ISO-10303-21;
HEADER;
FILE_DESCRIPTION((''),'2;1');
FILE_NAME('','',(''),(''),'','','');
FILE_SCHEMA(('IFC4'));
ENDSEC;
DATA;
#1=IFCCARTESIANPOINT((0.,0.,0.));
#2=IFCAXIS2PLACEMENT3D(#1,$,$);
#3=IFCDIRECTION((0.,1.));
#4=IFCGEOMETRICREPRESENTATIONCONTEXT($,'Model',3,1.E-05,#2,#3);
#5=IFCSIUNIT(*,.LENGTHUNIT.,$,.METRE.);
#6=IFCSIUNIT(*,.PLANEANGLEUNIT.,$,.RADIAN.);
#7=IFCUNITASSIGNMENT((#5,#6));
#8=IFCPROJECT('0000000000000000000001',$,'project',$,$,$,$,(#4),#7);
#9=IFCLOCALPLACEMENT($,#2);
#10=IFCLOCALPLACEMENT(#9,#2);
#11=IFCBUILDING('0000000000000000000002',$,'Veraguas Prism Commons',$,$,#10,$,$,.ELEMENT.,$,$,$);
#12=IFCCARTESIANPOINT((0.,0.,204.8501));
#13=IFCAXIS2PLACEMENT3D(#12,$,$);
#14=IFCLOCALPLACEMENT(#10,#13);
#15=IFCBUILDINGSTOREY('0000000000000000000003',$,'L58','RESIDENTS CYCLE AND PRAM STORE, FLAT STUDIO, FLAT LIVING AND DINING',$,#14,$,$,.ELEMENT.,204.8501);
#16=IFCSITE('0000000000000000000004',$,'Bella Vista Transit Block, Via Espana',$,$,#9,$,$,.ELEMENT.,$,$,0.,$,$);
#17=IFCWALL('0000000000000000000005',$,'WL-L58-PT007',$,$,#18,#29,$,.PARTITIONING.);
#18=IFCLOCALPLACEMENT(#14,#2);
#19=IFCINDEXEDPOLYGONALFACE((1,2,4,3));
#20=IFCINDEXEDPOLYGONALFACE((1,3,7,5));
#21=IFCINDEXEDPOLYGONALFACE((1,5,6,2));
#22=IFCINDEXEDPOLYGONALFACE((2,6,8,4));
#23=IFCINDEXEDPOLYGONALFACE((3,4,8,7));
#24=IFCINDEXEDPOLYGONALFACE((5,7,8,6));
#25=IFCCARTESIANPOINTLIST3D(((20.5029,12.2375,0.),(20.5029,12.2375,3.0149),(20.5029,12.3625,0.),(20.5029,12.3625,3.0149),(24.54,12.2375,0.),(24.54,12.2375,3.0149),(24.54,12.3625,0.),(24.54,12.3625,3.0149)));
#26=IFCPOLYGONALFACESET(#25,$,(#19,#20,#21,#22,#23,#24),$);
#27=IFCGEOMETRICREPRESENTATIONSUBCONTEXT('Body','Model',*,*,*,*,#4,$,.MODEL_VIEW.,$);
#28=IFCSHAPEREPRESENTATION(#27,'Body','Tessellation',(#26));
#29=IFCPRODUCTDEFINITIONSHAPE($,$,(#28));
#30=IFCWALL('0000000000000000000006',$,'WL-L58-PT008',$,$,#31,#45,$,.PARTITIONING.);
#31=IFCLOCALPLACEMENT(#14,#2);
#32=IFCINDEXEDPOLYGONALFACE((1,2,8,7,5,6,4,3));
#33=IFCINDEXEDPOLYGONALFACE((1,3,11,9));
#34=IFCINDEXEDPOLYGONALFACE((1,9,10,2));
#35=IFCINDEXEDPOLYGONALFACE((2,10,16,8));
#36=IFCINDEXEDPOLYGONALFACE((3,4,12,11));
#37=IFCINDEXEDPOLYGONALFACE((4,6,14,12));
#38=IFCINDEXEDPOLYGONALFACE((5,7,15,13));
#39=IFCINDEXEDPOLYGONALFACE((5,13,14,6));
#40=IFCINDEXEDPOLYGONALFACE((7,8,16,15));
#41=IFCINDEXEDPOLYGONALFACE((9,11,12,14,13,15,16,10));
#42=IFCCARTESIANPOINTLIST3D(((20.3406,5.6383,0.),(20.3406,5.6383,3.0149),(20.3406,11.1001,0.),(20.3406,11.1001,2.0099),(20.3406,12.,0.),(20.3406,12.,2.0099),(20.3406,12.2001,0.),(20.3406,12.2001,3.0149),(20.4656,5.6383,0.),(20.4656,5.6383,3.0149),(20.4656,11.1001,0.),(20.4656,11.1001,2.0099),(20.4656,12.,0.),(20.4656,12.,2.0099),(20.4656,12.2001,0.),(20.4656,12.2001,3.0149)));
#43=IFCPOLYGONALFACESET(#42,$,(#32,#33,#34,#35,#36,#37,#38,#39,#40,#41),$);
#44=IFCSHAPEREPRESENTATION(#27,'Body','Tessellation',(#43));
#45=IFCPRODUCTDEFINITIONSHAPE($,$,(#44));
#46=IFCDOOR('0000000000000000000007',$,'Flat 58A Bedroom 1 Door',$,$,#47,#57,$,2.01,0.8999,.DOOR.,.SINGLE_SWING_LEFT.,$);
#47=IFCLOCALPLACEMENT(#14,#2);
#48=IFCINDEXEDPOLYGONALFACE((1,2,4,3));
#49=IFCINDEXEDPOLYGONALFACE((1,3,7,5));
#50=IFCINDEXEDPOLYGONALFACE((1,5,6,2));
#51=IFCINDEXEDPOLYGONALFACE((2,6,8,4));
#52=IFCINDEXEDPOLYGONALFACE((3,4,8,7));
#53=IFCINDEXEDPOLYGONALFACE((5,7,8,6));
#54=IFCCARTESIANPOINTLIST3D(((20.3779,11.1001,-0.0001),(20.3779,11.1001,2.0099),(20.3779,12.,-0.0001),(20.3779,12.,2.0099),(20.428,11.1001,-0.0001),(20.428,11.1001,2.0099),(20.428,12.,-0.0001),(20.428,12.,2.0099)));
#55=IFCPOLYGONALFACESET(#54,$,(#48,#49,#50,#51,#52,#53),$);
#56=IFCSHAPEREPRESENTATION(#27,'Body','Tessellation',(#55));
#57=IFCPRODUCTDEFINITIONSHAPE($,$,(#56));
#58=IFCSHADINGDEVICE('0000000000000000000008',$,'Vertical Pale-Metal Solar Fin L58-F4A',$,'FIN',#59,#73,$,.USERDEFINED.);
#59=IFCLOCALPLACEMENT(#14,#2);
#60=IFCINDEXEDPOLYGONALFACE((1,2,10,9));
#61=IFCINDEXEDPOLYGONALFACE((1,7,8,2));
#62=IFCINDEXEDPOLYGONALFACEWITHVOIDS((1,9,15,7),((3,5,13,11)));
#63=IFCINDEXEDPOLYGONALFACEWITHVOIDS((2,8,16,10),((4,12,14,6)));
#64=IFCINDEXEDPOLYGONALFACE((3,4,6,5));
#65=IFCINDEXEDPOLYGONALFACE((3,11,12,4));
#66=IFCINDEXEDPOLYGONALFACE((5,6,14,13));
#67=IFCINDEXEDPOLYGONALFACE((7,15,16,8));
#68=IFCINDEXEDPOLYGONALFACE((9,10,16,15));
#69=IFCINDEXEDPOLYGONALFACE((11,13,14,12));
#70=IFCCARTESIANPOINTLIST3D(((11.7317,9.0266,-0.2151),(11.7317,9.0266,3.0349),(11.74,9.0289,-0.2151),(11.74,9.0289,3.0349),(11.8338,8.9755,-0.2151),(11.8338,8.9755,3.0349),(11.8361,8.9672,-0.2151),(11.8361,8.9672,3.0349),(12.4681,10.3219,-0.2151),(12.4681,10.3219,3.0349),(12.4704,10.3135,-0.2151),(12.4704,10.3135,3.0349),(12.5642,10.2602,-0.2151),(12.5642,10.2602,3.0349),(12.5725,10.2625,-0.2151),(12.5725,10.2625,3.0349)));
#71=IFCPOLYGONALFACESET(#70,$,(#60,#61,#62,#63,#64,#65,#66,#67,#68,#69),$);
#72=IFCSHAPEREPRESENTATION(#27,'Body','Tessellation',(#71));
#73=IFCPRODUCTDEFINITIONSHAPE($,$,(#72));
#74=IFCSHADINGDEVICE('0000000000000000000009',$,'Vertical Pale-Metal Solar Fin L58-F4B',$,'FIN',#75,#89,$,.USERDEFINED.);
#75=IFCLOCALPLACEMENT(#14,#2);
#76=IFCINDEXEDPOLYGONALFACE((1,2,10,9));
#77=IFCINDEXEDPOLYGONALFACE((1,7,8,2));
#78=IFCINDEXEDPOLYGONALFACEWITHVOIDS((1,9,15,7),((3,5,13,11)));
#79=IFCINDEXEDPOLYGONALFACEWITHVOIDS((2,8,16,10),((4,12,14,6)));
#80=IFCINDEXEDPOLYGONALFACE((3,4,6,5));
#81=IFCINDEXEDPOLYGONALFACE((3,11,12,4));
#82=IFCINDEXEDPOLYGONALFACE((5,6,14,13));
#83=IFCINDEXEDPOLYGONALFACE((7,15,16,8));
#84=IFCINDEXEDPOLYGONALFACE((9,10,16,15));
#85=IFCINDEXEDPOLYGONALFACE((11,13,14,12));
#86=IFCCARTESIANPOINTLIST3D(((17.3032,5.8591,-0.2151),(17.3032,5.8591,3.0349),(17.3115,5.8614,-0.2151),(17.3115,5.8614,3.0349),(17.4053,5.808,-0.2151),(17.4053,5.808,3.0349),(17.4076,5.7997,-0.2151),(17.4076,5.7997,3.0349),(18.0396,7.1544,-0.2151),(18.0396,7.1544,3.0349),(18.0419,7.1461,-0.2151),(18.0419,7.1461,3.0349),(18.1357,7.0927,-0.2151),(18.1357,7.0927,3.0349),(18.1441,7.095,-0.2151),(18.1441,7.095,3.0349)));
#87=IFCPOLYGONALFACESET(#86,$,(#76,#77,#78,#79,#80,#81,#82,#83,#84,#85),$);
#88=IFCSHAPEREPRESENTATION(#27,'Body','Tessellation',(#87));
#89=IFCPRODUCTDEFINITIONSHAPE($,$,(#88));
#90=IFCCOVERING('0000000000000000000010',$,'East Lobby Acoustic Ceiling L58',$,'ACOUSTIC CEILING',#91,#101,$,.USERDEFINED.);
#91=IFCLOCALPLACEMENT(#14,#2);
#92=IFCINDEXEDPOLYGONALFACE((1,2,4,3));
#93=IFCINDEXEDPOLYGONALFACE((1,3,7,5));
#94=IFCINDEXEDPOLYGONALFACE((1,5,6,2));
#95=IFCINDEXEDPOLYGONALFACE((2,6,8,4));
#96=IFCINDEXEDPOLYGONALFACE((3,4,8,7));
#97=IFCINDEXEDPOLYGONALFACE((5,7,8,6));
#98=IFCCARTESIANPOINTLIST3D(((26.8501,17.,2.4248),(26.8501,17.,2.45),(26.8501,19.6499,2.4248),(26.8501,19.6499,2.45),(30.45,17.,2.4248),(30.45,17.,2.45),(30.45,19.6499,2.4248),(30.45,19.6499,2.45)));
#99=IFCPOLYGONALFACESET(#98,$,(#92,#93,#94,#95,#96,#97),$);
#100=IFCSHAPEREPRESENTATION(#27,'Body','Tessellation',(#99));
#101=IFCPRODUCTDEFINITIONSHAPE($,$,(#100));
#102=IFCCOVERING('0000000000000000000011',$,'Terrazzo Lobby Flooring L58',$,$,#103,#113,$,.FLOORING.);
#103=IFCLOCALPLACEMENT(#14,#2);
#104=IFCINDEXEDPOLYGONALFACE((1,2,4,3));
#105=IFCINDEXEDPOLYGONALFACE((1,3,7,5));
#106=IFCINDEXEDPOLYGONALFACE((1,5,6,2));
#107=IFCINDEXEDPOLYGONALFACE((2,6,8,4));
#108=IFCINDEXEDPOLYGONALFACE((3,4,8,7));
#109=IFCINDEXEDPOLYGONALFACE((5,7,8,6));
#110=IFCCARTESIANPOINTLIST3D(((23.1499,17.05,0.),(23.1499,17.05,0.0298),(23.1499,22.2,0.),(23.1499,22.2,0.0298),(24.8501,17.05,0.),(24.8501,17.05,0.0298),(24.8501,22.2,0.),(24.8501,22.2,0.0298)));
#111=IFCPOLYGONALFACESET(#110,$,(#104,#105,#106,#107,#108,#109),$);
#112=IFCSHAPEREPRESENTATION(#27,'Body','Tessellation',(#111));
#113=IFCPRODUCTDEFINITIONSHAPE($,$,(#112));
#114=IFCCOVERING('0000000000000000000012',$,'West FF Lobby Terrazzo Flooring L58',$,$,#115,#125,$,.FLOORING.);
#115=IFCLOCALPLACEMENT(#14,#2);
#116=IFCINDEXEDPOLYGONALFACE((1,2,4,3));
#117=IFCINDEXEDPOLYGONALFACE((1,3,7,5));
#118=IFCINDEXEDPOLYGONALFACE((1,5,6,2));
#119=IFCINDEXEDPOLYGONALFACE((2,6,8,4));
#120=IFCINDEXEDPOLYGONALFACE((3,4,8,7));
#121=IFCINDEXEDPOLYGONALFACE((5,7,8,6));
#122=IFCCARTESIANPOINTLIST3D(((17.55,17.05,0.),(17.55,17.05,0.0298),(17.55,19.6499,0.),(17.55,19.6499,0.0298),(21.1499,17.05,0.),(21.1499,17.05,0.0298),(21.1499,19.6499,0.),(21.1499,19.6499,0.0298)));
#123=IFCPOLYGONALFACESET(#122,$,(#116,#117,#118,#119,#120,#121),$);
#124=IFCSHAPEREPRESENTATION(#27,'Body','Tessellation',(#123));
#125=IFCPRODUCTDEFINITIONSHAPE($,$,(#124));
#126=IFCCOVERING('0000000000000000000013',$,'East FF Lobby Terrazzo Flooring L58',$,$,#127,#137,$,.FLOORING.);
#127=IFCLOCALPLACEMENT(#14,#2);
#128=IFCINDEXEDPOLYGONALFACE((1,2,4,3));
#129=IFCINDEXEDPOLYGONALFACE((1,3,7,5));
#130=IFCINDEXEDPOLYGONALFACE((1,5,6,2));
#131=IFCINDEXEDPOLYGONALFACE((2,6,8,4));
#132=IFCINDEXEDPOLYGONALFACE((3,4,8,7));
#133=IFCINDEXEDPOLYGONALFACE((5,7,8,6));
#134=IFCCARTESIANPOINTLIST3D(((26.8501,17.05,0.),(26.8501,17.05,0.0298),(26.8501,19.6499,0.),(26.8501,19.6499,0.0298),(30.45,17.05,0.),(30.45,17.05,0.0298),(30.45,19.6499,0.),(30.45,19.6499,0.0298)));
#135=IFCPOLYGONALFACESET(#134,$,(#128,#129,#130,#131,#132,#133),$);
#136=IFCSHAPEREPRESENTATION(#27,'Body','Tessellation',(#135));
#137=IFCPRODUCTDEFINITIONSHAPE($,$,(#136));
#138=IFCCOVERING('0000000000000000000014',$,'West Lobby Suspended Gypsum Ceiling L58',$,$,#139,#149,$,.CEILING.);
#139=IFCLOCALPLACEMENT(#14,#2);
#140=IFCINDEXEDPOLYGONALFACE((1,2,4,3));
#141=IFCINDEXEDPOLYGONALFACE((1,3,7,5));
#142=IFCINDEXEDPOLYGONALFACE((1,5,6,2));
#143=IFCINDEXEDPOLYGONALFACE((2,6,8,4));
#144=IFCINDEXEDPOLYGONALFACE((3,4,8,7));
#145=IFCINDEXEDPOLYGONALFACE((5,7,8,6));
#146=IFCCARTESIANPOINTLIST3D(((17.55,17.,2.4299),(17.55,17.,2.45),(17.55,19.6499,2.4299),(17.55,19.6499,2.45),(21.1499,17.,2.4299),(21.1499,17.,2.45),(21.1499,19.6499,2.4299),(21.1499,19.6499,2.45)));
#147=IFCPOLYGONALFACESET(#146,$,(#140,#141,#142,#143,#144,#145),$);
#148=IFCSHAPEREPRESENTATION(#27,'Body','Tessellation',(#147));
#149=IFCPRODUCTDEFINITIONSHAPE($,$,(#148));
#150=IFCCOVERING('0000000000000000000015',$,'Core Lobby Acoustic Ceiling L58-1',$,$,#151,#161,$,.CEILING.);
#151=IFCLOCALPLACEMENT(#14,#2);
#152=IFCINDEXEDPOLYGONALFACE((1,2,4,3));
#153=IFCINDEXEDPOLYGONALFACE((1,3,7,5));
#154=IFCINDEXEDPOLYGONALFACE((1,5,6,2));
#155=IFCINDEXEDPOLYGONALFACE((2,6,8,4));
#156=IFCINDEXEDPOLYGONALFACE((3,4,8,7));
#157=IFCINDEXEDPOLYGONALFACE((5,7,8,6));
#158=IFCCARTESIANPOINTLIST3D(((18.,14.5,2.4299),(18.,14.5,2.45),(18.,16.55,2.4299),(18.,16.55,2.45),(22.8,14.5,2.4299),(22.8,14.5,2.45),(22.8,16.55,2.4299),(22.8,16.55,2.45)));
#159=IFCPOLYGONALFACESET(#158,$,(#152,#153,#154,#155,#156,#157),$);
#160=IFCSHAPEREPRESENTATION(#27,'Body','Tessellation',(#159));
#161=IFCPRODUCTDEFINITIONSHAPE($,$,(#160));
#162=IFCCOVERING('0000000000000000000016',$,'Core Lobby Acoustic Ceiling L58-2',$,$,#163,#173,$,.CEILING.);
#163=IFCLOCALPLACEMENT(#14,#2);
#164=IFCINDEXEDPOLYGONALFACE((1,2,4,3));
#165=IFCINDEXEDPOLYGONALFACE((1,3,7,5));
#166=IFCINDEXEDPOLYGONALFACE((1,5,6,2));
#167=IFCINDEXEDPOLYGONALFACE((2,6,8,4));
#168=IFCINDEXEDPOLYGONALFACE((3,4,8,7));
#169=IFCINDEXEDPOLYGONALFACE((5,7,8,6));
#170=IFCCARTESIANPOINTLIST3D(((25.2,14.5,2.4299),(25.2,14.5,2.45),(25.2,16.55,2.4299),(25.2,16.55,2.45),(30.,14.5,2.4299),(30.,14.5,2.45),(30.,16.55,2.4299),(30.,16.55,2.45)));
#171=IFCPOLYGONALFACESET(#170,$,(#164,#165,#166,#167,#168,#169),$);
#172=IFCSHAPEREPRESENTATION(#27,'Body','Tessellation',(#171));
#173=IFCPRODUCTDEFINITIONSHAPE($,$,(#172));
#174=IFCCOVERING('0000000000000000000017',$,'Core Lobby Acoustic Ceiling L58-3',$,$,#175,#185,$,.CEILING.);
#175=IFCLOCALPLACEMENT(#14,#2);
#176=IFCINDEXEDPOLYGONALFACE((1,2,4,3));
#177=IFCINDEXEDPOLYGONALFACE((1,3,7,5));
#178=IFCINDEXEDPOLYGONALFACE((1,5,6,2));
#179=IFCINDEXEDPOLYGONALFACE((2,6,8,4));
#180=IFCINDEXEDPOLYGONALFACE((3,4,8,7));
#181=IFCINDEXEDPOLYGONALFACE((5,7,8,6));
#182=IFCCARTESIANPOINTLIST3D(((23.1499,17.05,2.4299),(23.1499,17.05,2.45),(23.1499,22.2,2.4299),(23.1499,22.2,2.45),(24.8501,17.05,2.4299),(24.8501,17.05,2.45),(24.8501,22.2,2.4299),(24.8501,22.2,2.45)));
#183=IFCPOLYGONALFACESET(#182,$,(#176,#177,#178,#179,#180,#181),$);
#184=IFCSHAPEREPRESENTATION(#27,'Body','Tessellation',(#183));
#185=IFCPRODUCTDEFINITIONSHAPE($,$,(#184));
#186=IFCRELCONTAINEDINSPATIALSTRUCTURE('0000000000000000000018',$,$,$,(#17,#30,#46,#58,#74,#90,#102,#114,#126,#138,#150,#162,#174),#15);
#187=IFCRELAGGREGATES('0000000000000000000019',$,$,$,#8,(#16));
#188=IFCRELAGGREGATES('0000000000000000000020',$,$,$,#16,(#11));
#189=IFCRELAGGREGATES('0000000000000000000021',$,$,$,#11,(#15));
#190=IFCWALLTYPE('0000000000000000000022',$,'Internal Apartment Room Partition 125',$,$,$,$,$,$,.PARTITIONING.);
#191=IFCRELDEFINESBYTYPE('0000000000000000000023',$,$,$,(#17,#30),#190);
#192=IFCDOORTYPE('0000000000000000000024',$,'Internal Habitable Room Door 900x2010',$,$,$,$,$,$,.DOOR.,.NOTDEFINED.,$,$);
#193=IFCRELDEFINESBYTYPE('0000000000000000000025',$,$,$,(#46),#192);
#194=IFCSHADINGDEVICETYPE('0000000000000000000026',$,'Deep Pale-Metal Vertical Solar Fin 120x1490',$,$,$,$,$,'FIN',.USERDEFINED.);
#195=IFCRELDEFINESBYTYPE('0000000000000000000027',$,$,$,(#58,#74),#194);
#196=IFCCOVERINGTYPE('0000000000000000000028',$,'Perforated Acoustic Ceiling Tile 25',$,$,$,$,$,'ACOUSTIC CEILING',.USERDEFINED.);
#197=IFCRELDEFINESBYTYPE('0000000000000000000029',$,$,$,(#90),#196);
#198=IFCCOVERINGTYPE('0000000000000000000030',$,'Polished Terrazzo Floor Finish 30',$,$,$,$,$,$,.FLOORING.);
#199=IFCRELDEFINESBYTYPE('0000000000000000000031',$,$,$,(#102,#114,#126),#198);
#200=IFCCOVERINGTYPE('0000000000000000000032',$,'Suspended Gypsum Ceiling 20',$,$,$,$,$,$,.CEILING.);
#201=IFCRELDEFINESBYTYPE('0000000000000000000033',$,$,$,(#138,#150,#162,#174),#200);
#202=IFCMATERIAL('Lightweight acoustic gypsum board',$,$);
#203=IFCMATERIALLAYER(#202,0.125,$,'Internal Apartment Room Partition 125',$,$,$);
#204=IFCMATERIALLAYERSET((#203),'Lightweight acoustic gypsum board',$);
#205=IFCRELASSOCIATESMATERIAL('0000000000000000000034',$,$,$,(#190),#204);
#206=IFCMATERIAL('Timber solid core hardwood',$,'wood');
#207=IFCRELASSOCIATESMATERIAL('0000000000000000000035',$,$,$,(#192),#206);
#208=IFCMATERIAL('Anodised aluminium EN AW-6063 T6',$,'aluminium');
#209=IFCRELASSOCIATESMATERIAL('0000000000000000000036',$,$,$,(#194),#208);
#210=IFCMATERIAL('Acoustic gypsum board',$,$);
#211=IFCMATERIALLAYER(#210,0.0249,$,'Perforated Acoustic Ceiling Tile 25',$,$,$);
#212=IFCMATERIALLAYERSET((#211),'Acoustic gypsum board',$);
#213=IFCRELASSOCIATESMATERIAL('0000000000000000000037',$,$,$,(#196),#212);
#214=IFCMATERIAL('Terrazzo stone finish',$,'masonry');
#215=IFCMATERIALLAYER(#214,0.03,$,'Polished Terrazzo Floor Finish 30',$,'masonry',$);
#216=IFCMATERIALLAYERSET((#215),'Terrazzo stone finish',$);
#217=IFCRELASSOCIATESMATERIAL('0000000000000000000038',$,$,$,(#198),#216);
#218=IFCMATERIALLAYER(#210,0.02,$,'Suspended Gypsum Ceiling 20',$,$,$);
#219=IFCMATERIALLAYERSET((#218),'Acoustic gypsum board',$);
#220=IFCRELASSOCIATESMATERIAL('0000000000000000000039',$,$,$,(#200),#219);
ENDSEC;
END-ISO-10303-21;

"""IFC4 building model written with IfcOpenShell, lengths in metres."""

from ifc_helpers import new_model, si_unit, direction, frame, frame_2d, origin, origin_2d, place, context, subcontext, project, spatial, polyline, rectangle, hollow_rectangle, outline, extrude, source, transform, mapped, material, layer, layer_set, material_profile, profile_set, type_object, element, fill, save


model = new_model("IFC4")

# Units and contexts
model_context = context("Model", 3, precision=1e-05, world=origin(), true_north=direction((0.0, 1.0)))
body_context = subcontext(model_context, "Body", "Model", "MODEL_VIEW")
ifc_project = project(units=[si_unit("LENGTHUNIT", "METRE"), si_unit("PLANEANGLEUNIT", "RADIAN")], contexts=[model_context])

# Site, building, storey
site_placement = place(None, origin())
site = spatial("IfcSite", under=ifc_project, at=site_placement, Name="Bella Vista Transit Block, Via Espana", CompositionType="ELEMENT", RefElevation=0.0)
building_placement = place(site_placement, origin())
building = spatial("IfcBuilding", under=site, at=building_placement, Name="Veraguas Prism Commons", CompositionType="ELEMENT")
storey_placement = place(building_placement, frame((0.0, 0.0, 204.8501)))
storey = spatial("IfcBuildingStorey", under=building, at=storey_placement, Name="L58", Description="RESIDENTS CYCLE AND PRAM STORE, FLAT STUDIO, FLAT LIVING AND DINING", CompositionType="ELEMENT", Elevation=204.8501)

# Shared definitions
ifc_material_1 = material(Name="Anodised aluminium EN AW-6063 T6", Category="aluminium")

# Shared definitions
ifc_material_2 = material(Name="Lightweight acoustic gypsum board")
ifc_layer_1 = layer(ifc_material_2, 0.125, Name="Internal Apartment Room Partition 125")
ifc_layer_set_1 = layer_set([ifc_layer_1], Name="Lightweight acoustic gypsum board")
wall_type = type_object("IfcWallType", Name="Internal Apartment Room Partition 125", PredefinedType="PARTITIONING", material=ifc_layer_set_1)

# Wall
wall_1_placement = place(storey_placement, frame((20.5029, 12.3, 0.0), z_axis=(0.0, 0.0, 1.0), x_axis=(1.0, 0.0, 0.0)))
element("IfcWall", 1, at=wall_1_placement, inside=storey, type_object=wall_type, Name="WL-L58-PT007", PredefinedType="PARTITIONING", context=body_context, shape_type="SweptSolid", body=[
    extrude(rectangle(XDim=4.0371, YDim=0.125, at=frame_2d((2.0186, 0.0))), origin(), (0.0, 0.0, 1.0), 3.0149),
])

# Wall, opening, door
wall_2_placement = place(storey_placement, frame((20.4031, 12.2, 0.0), z_axis=(0.0, 0.0, 1.0), x_axis=(0.0, -1.0, 0.0)))
wall_2 = element("IfcWall", 2, at=wall_2_placement, inside=storey, type_object=wall_type, Name="WL-L58-PT008", PredefinedType="PARTITIONING", context=body_context, shape_type="SweptSolid", body=[
    extrude(rectangle(XDim=6.5618, YDim=0.125, at=frame_2d((3.2808, 0.0))), origin(), (0.0, 0.0, 1.0), 3.0149),
])
opening_1_placement = place(wall_2_placement, frame((0.2, 0.0, 0.0)))
opening_1 = element("IfcOpeningElement", 3, at=opening_1_placement, cuts=wall_2, PredefinedType="OPENING", context=body_context, shape_type="SweptSolid", body=[
    extrude(rectangle(XDim=0.8999, YDim=2.01, at=frame_2d((0.45, 1.0049))), frame((0.0, 0.0725, 0.0), z_axis=(0.0, -1.0, 0.0), x_axis=(1.0, 0.0, 0.0)), (0.0, 0.0, 1.0), 0.145),
])
ifc_material_3 = material(Name="Timber solid core hardwood", Category="wood")
door_type_1 = type_object("IfcDoorType", Name="Internal Habitable Room Door 900x2010", OperationType="NOTDEFINED", PredefinedType="DOOR", material=ifc_material_3)
shared_shape_1 = source(origin(), body_context, "Body", "SweptSolid", [
    extrude(rectangle(XDim=0.8999, YDim=2.01, at=frame_2d((0.45, 1.0049))), frame((0.0, 0.0249, 0.0), z_axis=(0.0, -1.0, 0.0), x_axis=(1.0, 0.0, 0.0)), (0.0, 0.0, 1.0), 0.05),
])
door_1_placement = place(opening_1_placement, origin())
door_1 = element("IfcDoor", 4, at=door_1_placement, inside=storey, type_object=door_type_1, Name="Flat 58A Bedroom 1 Door", OperationType="SINGLE_SWING_LEFT", OverallHeight=2.01, OverallWidth=0.8999, PredefinedType="DOOR", context=body_context, shape_type="MappedRepresentation", body=[
    mapped(shared_shape_1, transform((0.0, 0.0, 0.0), scale=1.0)),
])
fill(opening_1, door_1)

# Shading devices
ifc_material_profile_1 = material_profile(ifc_material_1, hollow_rectangle(XDim=0.1201, YDim=1.49, WallThickness=0.0061, at=origin_2d()), Name="FIN120X1490X6")
ifc_profile_set_1 = profile_set([ifc_material_profile_1], Name="Anodised aluminium EN AW-6063 T6")
shading_device_type = type_object("IfcShadingDeviceType", Name="Deep Pale-Metal Vertical Solar Fin 120x1490", ElementType="FIN", PredefinedType="USERDEFINED", material=ifc_profile_set_1)
for number, where, z_axis, x_axis, name in (
    (5, (12.1521, 9.6445, -0.2151), (0.0, 0.0, 1.0), (0.869322, -0.494247, 0.0), "Vertical Pale-Metal Solar Fin L58-F4A"),
    (6, (17.7236, 6.4771, -0.2151), (0.0, 0.0, 1.0), (0.869322, -0.494247, 0.0), "Vertical Pale-Metal Solar Fin L58-F4B"),
):
    element("IfcShadingDevice", number, at=place(storey_placement, frame(where, z_axis=z_axis, x_axis=x_axis)), inside=storey, type_object=shading_device_type, Name=name, ObjectType="FIN", PredefinedType="USERDEFINED", context=body_context, shape_type="SweptSolid", body=[
        extrude(hollow_rectangle(XDim=0.1201, YDim=1.49, WallThickness=0.0061, at=origin_2d()), origin(), (0.0, 0.0, 1.0), 3.25),
    ])

# Coverings
ifc_material_4 = material(Name="Acoustic gypsum board")
ifc_layer_2 = layer(ifc_material_4, 0.0249, Name="Perforated Acoustic Ceiling Tile 25")
ifc_layer_set_2 = layer_set([ifc_layer_2], Name="Acoustic gypsum board")
covering_type_1 = type_object("IfcCoveringType", Name="Perforated Acoustic Ceiling Tile 25", ElementType="ACOUSTIC CEILING", PredefinedType="USERDEFINED", material=ifc_layer_set_2)
covering_1_placement = place(storey_placement, frame((0.0, 0.0, 2.4248)))
element("IfcCovering", 7, at=covering_1_placement, inside=storey, type_object=covering_type_1, Name="East Lobby Acoustic Ceiling L58", ObjectType="ACOUSTIC CEILING", PredefinedType="USERDEFINED", context=body_context, shape_type="SweptSolid", body=[
    extrude(outline(polyline([(26.8501, 17.0), (30.45, 17.0), (30.45, 19.6499), (26.8501, 19.6499), (26.8501, 17.0)])), origin(), (0.0, 0.0, 1.0), 0.0251),
])
ifc_material_5 = material(Name="Terrazzo stone finish", Category="masonry")
ifc_layer_3 = layer(ifc_material_5, 0.03, Name="Polished Terrazzo Floor Finish 30", Category="masonry")
ifc_layer_set_3 = layer_set([ifc_layer_3], Name="Terrazzo stone finish")
covering_type_2 = type_object("IfcCoveringType", Name="Polished Terrazzo Floor Finish 30", PredefinedType="FLOORING", material=ifc_layer_set_3)
covering_2_placement = place(storey_placement, origin())
element("IfcCovering", 8, at=covering_2_placement, inside=storey, type_object=covering_type_2, Name="Terrazzo Lobby Flooring L58", PredefinedType="FLOORING", context=body_context, shape_type="SweptSolid", body=[
    extrude(outline(polyline([(23.1499, 17.05), (24.8501, 17.05), (24.8501, 22.2), (23.1499, 22.2), (23.1499, 17.05)])), origin(), (0.0, 0.0, 1.0), 0.0298),
])
covering_3_placement = place(storey_placement, origin())
element("IfcCovering", 9, at=covering_3_placement, inside=storey, type_object=covering_type_2, Name="West FF Lobby Terrazzo Flooring L58", PredefinedType="FLOORING", context=body_context, shape_type="SweptSolid", body=[
    extrude(outline(polyline([(17.55, 17.05), (21.1499, 17.05), (21.1499, 19.6499), (17.55, 19.6499), (17.55, 17.05)])), origin(), (0.0, 0.0, 1.0), 0.0298),
])
covering_4_placement = place(storey_placement, origin())
element("IfcCovering", 10, at=covering_4_placement, inside=storey, type_object=covering_type_2, Name="East FF Lobby Terrazzo Flooring L58", PredefinedType="FLOORING", context=body_context, shape_type="SweptSolid", body=[
    extrude(outline(polyline([(26.8501, 17.05), (30.45, 17.05), (30.45, 19.6499), (26.8501, 19.6499), (26.8501, 17.05)])), origin(), (0.0, 0.0, 1.0), 0.0298),
])
ifc_layer_4 = layer(ifc_material_4, 0.02, Name="Suspended Gypsum Ceiling 20")
ifc_layer_set_4 = layer_set([ifc_layer_4], Name="Acoustic gypsum board")
covering_type_3 = type_object("IfcCoveringType", Name="Suspended Gypsum Ceiling 20", PredefinedType="CEILING", material=ifc_layer_set_4)
covering_5_placement = place(storey_placement, frame((0.0, 0.0, 2.4299)))
element("IfcCovering", 11, at=covering_5_placement, inside=storey, type_object=covering_type_3, Name="West Lobby Suspended Gypsum Ceiling L58", PredefinedType="CEILING", context=body_context, shape_type="SweptSolid", body=[
    extrude(outline(polyline([(17.55, 17.0), (21.1499, 17.0), (21.1499, 19.6499), (17.55, 19.6499), (17.55, 17.0)])), origin(), (0.0, 0.0, 1.0), 0.02),
])
covering_6_placement = place(storey_placement, frame((0.0, 0.0, 2.4299)))
element("IfcCovering", 12, at=covering_6_placement, inside=storey, type_object=covering_type_3, Name="Core Lobby Acoustic Ceiling L58-1", PredefinedType="CEILING", context=body_context, shape_type="SweptSolid", body=[
    extrude(outline(polyline([(18.0, 14.5), (22.8, 14.5), (22.8, 16.55), (18.0, 16.55), (18.0, 14.5)])), origin(), (0.0, 0.0, 1.0), 0.02),
])
covering_7_placement = place(storey_placement, frame((0.0, 0.0, 2.4299)))
element("IfcCovering", 13, at=covering_7_placement, inside=storey, type_object=covering_type_3, Name="Core Lobby Acoustic Ceiling L58-2", PredefinedType="CEILING", context=body_context, shape_type="SweptSolid", body=[
    extrude(outline(polyline([(25.2, 14.5), (30.0, 14.5), (30.0, 16.55), (25.2, 16.55), (25.2, 14.5)])), origin(), (0.0, 0.0, 1.0), 0.02),
])
covering_8_placement = place(storey_placement, frame((0.0, 0.0, 2.4299)))
element("IfcCovering", 14, at=covering_8_placement, inside=storey, type_object=covering_type_3, Name="Core Lobby Acoustic Ceiling L58-3", PredefinedType="CEILING", context=body_context, shape_type="SweptSolid", body=[
    extrude(outline(polyline([(23.1499, 17.05), (24.8501, 17.05), (24.8501, 22.2), (23.1499, 22.2), (23.1499, 17.05)])), origin(), (0.0, 0.0, 1.0), 0.02),
])

save(model, "model.ifc")
